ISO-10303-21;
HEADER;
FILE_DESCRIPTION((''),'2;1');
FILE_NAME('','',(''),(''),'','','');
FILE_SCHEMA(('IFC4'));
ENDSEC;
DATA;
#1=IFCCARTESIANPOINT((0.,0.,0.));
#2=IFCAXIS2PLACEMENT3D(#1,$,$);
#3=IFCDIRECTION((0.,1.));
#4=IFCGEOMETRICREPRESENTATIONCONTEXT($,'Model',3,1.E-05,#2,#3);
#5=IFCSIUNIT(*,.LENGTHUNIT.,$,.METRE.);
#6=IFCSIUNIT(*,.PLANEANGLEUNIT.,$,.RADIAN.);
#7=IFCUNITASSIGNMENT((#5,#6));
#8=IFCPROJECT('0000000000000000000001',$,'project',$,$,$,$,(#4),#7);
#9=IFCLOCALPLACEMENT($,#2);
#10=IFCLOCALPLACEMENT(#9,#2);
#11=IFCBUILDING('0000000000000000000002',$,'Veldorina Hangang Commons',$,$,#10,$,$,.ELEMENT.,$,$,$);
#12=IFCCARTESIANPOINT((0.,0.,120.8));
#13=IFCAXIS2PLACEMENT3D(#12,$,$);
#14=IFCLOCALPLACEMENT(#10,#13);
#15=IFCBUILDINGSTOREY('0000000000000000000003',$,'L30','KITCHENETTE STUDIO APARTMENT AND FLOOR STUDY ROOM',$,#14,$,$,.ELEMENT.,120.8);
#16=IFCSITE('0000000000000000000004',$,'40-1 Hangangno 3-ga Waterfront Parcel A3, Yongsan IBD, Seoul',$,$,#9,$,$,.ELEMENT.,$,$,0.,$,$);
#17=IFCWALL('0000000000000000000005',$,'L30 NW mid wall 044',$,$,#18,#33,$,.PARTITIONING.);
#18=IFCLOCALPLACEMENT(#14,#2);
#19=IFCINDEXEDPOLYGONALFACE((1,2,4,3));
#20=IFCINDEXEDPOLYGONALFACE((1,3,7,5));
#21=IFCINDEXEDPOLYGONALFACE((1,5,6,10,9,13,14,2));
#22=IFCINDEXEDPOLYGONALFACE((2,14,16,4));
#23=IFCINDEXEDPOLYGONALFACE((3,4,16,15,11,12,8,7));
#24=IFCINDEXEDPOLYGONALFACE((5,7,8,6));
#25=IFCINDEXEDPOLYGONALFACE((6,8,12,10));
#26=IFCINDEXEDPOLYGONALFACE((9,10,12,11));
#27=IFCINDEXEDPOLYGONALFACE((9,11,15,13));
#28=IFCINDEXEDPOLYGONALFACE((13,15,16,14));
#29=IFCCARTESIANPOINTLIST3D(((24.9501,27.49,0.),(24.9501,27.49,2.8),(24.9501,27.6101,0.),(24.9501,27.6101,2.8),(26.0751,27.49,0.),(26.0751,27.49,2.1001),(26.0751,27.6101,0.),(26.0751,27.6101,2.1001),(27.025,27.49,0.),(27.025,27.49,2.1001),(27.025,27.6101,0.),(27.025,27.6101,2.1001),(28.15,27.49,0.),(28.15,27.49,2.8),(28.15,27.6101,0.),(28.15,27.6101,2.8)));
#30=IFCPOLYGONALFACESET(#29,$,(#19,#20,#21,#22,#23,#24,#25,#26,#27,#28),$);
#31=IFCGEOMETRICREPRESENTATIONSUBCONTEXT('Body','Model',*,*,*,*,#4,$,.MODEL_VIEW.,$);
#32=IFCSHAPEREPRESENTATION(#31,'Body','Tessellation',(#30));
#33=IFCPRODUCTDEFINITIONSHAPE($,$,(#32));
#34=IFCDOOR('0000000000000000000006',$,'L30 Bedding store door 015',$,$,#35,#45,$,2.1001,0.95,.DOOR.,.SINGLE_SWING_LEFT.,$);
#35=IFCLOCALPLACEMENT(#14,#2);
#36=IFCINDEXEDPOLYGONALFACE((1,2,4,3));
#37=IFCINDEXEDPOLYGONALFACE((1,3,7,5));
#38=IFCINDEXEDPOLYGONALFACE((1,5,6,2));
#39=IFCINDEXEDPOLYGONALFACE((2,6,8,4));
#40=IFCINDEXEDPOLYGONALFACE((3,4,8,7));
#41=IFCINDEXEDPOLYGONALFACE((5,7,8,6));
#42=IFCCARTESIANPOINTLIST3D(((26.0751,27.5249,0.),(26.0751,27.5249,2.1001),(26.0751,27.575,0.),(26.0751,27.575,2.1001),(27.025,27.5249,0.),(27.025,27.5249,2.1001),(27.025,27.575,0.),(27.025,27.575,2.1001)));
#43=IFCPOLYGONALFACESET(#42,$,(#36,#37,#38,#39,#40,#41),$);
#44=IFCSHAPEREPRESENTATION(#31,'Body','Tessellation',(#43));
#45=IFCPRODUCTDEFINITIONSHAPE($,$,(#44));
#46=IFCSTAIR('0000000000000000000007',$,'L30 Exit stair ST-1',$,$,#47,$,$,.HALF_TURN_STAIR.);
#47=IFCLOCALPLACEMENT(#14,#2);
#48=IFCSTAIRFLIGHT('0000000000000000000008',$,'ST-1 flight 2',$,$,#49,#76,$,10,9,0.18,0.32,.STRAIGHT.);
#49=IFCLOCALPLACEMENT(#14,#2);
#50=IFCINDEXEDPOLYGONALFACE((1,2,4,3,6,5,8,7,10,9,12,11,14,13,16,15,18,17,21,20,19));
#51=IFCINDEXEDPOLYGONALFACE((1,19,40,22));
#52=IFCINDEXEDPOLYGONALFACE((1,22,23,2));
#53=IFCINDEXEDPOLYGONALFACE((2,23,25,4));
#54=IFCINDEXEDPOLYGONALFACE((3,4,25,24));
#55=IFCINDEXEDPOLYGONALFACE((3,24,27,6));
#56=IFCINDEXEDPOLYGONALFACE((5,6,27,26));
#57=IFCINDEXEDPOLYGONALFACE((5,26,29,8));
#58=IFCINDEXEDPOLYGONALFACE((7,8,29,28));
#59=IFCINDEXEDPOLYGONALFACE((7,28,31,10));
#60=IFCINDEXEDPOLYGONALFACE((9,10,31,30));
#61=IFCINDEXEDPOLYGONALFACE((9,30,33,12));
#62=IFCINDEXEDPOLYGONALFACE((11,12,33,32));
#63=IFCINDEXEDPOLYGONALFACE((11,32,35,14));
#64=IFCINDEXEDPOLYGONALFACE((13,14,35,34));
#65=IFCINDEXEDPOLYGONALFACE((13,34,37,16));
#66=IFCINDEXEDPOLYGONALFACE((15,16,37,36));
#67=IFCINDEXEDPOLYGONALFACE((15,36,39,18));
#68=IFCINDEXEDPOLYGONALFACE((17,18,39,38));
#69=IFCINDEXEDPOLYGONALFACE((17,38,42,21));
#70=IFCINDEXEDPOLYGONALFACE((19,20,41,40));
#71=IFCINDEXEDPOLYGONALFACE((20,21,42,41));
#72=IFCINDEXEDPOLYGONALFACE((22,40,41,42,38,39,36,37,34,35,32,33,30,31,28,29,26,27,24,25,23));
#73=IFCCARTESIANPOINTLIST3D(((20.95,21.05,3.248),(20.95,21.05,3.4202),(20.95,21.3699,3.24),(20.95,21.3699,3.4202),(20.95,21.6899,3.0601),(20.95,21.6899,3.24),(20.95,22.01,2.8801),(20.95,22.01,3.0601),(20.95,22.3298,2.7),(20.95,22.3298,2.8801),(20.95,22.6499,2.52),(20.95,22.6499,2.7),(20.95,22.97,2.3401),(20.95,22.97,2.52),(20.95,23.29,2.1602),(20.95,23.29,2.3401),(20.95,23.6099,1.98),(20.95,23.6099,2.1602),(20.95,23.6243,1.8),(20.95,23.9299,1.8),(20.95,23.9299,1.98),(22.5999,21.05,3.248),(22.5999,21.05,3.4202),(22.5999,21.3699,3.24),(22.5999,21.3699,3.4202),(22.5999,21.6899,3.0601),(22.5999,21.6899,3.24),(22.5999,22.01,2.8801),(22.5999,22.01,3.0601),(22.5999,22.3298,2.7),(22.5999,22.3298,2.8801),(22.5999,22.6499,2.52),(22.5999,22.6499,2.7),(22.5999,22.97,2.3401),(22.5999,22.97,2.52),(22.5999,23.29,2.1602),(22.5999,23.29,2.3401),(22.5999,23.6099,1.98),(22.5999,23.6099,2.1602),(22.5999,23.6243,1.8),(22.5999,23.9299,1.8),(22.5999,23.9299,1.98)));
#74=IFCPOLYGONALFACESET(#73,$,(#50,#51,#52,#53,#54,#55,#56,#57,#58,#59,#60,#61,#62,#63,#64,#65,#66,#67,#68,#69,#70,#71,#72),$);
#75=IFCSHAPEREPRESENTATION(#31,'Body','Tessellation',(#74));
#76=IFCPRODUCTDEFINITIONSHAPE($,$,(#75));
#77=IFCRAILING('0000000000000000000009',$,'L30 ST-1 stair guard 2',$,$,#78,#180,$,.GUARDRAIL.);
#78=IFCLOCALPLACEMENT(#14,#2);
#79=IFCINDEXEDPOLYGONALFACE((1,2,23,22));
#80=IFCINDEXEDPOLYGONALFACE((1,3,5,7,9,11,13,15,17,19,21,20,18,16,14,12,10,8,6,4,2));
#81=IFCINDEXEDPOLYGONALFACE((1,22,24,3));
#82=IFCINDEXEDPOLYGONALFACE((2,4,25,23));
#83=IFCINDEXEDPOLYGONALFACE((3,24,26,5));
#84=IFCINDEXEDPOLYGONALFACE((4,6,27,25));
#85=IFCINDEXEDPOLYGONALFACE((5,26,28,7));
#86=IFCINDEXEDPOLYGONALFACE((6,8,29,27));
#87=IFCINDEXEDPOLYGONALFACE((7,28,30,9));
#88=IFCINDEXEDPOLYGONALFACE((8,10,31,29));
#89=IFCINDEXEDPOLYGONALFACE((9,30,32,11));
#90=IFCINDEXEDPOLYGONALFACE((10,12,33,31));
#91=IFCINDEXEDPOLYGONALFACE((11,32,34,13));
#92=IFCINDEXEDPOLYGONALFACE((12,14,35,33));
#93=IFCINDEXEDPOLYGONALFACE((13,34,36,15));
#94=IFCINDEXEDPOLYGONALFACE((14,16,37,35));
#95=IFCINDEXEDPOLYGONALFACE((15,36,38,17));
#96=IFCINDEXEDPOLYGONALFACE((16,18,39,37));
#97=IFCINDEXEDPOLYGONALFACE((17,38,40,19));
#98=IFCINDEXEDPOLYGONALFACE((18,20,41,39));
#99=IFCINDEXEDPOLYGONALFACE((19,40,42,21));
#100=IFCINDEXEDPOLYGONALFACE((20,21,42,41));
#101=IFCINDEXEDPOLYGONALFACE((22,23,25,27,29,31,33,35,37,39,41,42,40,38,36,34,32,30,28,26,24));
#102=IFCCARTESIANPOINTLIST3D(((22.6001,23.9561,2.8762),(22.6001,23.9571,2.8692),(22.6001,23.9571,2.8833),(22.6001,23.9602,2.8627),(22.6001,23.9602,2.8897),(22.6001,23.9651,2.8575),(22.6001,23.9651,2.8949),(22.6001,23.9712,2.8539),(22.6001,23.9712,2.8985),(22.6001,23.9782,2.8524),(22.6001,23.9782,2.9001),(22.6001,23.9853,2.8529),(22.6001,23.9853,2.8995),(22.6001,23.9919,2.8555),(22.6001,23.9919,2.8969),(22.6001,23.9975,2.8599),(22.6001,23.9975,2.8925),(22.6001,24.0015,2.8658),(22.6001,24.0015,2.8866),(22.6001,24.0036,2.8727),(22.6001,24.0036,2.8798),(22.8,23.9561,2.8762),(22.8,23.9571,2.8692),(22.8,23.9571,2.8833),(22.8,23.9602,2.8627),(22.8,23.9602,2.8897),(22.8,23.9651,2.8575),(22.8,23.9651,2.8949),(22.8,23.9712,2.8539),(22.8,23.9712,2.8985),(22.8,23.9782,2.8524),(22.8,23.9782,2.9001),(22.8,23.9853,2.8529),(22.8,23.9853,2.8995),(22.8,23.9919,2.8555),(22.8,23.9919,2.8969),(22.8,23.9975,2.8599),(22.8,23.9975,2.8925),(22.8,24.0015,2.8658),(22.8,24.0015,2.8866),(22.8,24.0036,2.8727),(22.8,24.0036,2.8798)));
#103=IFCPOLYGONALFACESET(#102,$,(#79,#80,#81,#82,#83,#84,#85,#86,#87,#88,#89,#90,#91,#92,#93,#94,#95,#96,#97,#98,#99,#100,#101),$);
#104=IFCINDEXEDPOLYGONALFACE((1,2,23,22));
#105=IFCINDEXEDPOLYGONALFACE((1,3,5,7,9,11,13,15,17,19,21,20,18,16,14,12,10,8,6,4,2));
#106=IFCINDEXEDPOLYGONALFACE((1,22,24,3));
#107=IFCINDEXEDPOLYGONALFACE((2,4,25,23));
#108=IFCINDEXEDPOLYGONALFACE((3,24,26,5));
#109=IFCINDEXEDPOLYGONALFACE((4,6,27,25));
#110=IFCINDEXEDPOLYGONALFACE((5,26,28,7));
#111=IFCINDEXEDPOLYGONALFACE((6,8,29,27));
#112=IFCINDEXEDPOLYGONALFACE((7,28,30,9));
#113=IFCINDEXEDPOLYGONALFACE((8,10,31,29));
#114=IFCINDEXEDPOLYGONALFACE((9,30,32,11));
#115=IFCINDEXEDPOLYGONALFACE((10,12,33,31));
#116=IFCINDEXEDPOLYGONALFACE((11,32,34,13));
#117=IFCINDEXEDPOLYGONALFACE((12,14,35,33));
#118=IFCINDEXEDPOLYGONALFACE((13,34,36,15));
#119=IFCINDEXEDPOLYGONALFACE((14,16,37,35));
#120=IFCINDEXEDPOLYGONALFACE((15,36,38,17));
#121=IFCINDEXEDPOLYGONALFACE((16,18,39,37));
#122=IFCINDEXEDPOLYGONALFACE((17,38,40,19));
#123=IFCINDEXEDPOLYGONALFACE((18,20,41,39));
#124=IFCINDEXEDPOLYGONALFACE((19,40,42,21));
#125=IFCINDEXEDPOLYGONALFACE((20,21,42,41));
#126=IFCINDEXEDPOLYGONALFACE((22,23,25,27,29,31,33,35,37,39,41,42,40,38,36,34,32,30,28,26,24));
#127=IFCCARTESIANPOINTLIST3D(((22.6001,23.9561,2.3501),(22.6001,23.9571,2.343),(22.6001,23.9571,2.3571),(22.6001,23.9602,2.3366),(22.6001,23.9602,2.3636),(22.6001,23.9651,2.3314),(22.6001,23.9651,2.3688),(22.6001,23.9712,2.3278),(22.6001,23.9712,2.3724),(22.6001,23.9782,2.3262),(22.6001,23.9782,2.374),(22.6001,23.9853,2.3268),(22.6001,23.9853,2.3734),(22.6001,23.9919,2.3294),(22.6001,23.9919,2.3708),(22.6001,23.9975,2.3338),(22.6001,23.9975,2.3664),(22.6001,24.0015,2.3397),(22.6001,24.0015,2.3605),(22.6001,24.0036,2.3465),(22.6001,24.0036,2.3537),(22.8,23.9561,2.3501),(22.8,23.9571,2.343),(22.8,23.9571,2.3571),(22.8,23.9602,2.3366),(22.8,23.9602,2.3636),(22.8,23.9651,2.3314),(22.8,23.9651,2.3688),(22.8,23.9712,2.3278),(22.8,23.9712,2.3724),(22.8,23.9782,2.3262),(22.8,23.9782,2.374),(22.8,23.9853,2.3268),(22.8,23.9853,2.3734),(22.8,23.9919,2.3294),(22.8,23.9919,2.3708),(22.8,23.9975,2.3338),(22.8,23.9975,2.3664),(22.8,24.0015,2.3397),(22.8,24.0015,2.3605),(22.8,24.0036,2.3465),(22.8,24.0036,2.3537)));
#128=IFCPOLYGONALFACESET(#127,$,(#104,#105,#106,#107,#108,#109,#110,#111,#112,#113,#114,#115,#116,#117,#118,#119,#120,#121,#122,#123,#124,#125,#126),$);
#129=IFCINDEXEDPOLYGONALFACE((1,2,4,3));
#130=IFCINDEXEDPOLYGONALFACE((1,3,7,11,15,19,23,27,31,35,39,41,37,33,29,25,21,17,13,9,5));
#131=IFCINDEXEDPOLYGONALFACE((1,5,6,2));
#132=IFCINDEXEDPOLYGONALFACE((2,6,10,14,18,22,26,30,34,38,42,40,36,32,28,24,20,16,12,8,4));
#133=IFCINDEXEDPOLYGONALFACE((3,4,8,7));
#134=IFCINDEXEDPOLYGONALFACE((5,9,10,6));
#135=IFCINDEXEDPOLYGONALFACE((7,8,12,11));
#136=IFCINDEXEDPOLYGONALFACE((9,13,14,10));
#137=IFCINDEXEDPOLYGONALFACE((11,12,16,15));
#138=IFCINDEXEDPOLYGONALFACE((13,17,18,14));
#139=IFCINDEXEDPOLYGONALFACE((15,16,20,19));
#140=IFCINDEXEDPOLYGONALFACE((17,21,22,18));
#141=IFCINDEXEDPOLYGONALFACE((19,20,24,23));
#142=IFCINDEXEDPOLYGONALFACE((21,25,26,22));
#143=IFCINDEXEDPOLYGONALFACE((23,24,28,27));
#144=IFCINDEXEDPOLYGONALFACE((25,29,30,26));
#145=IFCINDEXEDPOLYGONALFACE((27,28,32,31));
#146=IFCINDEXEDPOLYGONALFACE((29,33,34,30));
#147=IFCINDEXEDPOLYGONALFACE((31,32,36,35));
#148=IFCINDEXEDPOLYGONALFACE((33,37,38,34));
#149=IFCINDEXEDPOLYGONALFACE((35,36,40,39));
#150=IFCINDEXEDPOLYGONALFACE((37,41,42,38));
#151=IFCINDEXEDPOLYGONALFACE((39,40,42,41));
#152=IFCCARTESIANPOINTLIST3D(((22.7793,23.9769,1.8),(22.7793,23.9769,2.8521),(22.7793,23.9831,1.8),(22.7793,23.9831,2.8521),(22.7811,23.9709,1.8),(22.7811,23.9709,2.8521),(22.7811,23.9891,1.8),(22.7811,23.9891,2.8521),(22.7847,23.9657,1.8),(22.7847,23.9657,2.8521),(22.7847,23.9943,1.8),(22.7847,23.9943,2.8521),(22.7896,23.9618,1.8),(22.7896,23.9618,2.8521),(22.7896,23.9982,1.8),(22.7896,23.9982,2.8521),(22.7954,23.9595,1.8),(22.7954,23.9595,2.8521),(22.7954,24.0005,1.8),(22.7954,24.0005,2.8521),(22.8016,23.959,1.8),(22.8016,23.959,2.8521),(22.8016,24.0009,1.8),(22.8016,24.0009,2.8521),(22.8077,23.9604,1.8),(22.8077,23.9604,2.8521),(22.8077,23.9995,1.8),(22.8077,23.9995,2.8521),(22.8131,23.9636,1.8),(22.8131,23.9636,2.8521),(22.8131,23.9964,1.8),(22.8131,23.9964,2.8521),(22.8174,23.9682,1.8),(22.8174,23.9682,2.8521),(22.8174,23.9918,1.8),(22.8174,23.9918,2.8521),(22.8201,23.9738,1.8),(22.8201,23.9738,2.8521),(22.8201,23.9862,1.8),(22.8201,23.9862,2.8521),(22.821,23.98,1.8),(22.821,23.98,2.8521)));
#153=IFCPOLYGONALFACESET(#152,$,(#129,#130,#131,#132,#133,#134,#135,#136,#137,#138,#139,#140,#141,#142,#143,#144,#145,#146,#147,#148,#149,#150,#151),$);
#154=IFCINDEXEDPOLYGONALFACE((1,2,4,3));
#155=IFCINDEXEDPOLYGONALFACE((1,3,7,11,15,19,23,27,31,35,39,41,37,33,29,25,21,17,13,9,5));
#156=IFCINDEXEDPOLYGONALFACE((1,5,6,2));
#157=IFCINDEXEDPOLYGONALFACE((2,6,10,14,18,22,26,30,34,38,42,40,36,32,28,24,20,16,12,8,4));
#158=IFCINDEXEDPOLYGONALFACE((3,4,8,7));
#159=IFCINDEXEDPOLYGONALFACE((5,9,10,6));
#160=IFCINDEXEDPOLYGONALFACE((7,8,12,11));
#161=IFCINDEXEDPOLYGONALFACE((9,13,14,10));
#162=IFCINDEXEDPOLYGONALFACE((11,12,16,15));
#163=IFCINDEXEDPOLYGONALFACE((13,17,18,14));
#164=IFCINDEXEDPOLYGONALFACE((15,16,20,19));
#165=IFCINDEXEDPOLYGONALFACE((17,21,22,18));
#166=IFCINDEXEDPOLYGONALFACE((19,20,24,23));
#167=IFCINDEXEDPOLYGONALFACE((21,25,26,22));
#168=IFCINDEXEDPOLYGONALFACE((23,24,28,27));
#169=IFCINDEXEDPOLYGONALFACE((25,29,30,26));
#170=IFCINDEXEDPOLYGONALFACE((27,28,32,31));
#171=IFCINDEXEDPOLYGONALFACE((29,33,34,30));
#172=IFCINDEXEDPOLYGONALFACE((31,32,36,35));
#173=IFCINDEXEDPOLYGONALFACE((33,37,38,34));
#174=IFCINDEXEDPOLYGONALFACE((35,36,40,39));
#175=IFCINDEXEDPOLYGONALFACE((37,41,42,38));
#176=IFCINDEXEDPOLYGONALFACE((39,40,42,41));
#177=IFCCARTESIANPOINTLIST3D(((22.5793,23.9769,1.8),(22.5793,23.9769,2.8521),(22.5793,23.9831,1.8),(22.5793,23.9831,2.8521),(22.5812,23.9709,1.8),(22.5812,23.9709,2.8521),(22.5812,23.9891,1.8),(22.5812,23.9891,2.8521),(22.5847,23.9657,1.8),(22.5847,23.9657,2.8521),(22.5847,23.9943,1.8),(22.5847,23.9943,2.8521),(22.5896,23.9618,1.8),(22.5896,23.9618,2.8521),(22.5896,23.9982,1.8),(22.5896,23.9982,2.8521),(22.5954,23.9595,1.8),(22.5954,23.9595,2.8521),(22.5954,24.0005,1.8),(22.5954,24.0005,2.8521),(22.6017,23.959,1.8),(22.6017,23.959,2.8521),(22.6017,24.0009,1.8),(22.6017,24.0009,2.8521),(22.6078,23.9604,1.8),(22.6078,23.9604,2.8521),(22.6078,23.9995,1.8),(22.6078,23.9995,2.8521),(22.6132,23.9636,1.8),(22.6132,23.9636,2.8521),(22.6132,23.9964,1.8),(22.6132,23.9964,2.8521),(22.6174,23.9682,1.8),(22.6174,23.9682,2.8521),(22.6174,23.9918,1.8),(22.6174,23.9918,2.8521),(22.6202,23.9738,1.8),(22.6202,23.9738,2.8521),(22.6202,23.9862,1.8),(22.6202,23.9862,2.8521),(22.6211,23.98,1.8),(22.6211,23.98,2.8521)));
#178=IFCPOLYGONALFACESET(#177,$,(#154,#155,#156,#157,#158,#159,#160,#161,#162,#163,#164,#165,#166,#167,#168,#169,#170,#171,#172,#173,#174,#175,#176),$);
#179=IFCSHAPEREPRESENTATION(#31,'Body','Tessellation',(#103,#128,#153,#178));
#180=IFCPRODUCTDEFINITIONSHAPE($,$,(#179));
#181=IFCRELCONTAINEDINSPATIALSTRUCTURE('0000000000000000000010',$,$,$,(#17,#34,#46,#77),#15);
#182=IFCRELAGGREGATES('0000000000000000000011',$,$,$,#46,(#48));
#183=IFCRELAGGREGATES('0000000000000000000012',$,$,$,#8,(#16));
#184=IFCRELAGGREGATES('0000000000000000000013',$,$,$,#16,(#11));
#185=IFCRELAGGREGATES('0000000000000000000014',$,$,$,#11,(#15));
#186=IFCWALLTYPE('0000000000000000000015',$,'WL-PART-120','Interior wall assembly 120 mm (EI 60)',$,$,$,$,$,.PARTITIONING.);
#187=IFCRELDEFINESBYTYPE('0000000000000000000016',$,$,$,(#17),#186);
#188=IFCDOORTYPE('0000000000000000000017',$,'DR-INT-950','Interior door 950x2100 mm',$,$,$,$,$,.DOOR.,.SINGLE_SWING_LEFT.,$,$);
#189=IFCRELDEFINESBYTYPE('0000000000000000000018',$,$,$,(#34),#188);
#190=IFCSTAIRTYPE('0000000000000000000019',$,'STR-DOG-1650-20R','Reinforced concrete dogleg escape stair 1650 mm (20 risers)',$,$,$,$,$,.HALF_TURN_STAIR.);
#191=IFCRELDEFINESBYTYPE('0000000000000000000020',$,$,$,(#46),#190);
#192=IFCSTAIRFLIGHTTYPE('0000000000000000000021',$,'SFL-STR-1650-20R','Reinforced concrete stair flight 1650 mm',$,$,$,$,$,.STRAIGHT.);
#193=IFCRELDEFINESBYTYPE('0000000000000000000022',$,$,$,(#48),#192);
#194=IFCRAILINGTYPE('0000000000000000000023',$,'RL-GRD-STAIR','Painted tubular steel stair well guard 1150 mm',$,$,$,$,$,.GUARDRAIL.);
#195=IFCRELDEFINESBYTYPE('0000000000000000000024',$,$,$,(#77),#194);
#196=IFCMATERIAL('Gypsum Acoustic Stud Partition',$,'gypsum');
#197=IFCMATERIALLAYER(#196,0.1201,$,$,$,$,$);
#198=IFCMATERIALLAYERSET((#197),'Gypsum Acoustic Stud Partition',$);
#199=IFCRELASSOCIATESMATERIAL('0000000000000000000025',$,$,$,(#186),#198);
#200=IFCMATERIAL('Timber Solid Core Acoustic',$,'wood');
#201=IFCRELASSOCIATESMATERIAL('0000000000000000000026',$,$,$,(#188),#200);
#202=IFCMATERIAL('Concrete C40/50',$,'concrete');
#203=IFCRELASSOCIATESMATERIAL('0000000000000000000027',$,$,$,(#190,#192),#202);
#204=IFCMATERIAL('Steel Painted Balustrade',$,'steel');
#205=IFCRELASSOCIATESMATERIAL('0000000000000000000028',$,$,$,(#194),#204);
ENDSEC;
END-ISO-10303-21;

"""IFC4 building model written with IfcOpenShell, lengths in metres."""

from ifc_helpers import new_model, si_unit, direction, frame, frame_2d, origin, origin_2d, place, context, subcontext, project, spatial, polyline, rectangle, circle, outline, extrude, material, layer, layer_set, type_object, element, fill, aggregate, save


model = new_model("IFC4")

# Units and contexts
model_context = context("Model", 3, precision=1e-05, world=origin(), true_north=direction((0.0, 1.0)))
body_context = subcontext(model_context, "Body", "Model", "MODEL_VIEW")
ifc_project = project(units=[si_unit("LENGTHUNIT", "METRE"), si_unit("PLANEANGLEUNIT", "RADIAN")], contexts=[model_context])

# Site, building, storey
site_placement = place(None, origin())
site = spatial("IfcSite", under=ifc_project, at=site_placement, Name="40-1 Hangangno 3-ga Waterfront Parcel A3, Yongsan IBD, Seoul", CompositionType="ELEMENT", RefElevation=0.0)
building_placement = place(site_placement, origin())
building = spatial("IfcBuilding", under=site, at=building_placement, Name="Veldorina Hangang Commons", CompositionType="ELEMENT")
storey_placement = place(building_placement, frame((0.0, 0.0, 120.8)))
storey = spatial("IfcBuildingStorey", under=building, at=storey_placement, Name="L30", Description="KITCHENETTE STUDIO APARTMENT AND FLOOR STUDY ROOM", CompositionType="ELEMENT", Elevation=120.8)

# Shared definitions
ifc_material_1 = material(Name="Gypsum Acoustic Stud Partition", Category="gypsum")
ifc_layer_1 = layer(ifc_material_1, 0.1201)
ifc_layer_set_1 = layer_set([ifc_layer_1], Name="Gypsum Acoustic Stud Partition")
wall_type_1 = type_object("IfcWallType", Name="WL-PART-120", Description="Interior wall assembly 120 mm (EI 60)", PredefinedType="PARTITIONING", material=ifc_layer_set_1)

# Wall, opening, door
ifc_material_2 = material(Name="Timber Solid Core Acoustic", Category="wood")
door_type_1 = type_object("IfcDoorType", Name="DR-INT-950", Description="Interior door 950x2100 mm", OperationType="SINGLE_SWING_LEFT", PredefinedType="DOOR", material=ifc_material_2)
wall_1_placement = place(storey_placement, frame((24.95, 27.55, 0.0), z_axis=(0.0, 0.0, 1.0), x_axis=(1.0, 0.0, 0.0)))
wall_1 = element("IfcWall", 1, at=wall_1_placement, inside=storey, type_object=wall_type_1, Name="L30 NW mid wall 044", PredefinedType="PARTITIONING", context=body_context, shape_type="SweptSolid", body=[
    extrude(rectangle(XDim=3.2, YDim=0.1201, at=frame_2d((1.6001, 0.0))), origin(), (0.0, 0.0, 1.0), 2.8),
])
opening_1_placement = place(wall_1_placement, frame((1.125, 0.0, 0.0)))
opening_1 = element("IfcOpeningElement", 2, at=opening_1_placement, cuts=wall_1, PredefinedType="OPENING", context=body_context, shape_type="SweptSolid", body=[
    extrude(rectangle(XDim=0.95, YDim=2.1001, at=frame_2d((0.4751, 1.05))), frame((0.0, 0.0701, 0.0), z_axis=(0.0, -1.0, 0.0), x_axis=(1.0, 0.0, 0.0)), (0.0, 0.0, 1.0), 0.1401),
])
door_1_placement = place(opening_1_placement, origin())
door_1 = element("IfcDoor", 3, at=door_1_placement, inside=storey, type_object=door_type_1, Name="L30 Bedding store door 015", OperationType="SINGLE_SWING_LEFT", OverallHeight=2.1001, OverallWidth=0.95, PredefinedType="DOOR", context=body_context, shape_type="SweptSolid", body=[
    extrude(rectangle(XDim=0.95, YDim=2.1001, at=frame_2d((0.4751, 1.05))), frame((0.0, 0.0249, 0.0), z_axis=(0.0, -1.0, 0.0), x_axis=(1.0, 0.0, 0.0)), (0.0, 0.0, 1.0), 0.05),
])
fill(opening_1, door_1)

# Stair, stair flight
ifc_material_3 = material(Name="Concrete C40/50", Category="concrete")
stair_type = type_object("IfcStairType", Name="STR-DOG-1650-20R", Description="Reinforced concrete dogleg escape stair 1650 mm (20 risers)", PredefinedType="HALF_TURN_STAIR", material=ifc_material_3)
stair_placement = place(storey_placement, origin())
stair = element("IfcStair", 4, at=stair_placement, inside=storey, type_object=stair_type, Name="L30 Exit stair ST-1", PredefinedType="HALF_TURN_STAIR")
stair_flight_type = type_object("IfcStairFlightType", Name="SFL-STR-1650-20R", Description="Reinforced concrete stair flight 1650 mm", PredefinedType="STRAIGHT", material=ifc_material_3)
stair_flight_placement = place(storey_placement, frame((21.7749, 23.9299, 1.8), z_axis=(0.0, 0.0, 1.0), x_axis=(0.0, -1.0, 0.0)))
stair_flight = element("IfcStairFlight", 5, at=stair_flight_placement, type_object=stair_flight_type, Name="ST-1 flight 2", NumberOfRisers=10, NumberOfTreads=9, PredefinedType="STRAIGHT", RiserHeight=0.18, TreadLength=0.32, context=body_context, shape_type="SweptSolid", body=[
    extrude(outline(polyline([(0.0, 0.0), (0.0, 0.1799), (0.3201, 0.1799), (0.3201, 0.3601), (0.6399, 0.3601), (0.6399, 0.54), (0.96, 0.54), (0.96, 0.72), (1.28, 0.72), (1.28, 0.8999), (1.6001, 0.8999), (1.6001, 1.0801), (1.9199, 1.0801), (1.9199, 1.26), (2.24, 1.26), (2.24, 1.4399), (2.5601, 1.4399), (2.5601, 1.6201), (2.8799, 1.6201), (2.8799, 1.8), (2.8799, 1.448), (0.3057, 0.0), (0.0, 0.0)])), frame((0.0, 0.825, 0.0), z_axis=(0.0, -1.0, 0.0), x_axis=(1.0, 0.0, 0.0)), (0.0, 0.0, 1.0), 1.6499),
])
aggregate(stair, [stair_flight])

# Railing
ifc_material_4 = material(Name="Steel Painted Balustrade", Category="steel")
railing_type_1 = type_object("IfcRailingType", Name="RL-GRD-STAIR", Description="Painted tubular steel stair well guard 1150 mm", PredefinedType="GUARDRAIL", material=ifc_material_4)
railing_1_placement = place(storey_placement, frame((22.8, 23.98, 1.8)))
element("IfcRailing", 6, at=railing_1_placement, inside=storey, type_object=railing_type_1, Name="L30 ST-1 stair guard 2", PredefinedType="GUARDRAIL", context=body_context, shape_type="SweptSolid", body=[
    extrude(circle(Radius=0.0239, at=origin_2d()), frame((0.0, 0.0, 1.0762), z_axis=(-1.0, 0.0, 0.0), x_axis=(0.0, -1.0, 0.0)), (0.0, 0.0, 1.0), 0.2),
    extrude(circle(Radius=0.0239, at=origin_2d()), frame((0.0, 0.0, 0.55), z_axis=(-1.0, 0.0, 0.0), x_axis=(0.0, -1.0, 0.0)), (0.0, 0.0, 1.0), 0.2),
    extrude(circle(Radius=0.021, at=origin_2d()), origin(), (0.0, 0.0, 1.0), 1.052),
    extrude(circle(Radius=0.021, at=origin_2d()), frame((-0.2, 0.0, 0.0)), (0.0, 0.0, 1.0), 1.052),
])

save(model, "model.ifc")
